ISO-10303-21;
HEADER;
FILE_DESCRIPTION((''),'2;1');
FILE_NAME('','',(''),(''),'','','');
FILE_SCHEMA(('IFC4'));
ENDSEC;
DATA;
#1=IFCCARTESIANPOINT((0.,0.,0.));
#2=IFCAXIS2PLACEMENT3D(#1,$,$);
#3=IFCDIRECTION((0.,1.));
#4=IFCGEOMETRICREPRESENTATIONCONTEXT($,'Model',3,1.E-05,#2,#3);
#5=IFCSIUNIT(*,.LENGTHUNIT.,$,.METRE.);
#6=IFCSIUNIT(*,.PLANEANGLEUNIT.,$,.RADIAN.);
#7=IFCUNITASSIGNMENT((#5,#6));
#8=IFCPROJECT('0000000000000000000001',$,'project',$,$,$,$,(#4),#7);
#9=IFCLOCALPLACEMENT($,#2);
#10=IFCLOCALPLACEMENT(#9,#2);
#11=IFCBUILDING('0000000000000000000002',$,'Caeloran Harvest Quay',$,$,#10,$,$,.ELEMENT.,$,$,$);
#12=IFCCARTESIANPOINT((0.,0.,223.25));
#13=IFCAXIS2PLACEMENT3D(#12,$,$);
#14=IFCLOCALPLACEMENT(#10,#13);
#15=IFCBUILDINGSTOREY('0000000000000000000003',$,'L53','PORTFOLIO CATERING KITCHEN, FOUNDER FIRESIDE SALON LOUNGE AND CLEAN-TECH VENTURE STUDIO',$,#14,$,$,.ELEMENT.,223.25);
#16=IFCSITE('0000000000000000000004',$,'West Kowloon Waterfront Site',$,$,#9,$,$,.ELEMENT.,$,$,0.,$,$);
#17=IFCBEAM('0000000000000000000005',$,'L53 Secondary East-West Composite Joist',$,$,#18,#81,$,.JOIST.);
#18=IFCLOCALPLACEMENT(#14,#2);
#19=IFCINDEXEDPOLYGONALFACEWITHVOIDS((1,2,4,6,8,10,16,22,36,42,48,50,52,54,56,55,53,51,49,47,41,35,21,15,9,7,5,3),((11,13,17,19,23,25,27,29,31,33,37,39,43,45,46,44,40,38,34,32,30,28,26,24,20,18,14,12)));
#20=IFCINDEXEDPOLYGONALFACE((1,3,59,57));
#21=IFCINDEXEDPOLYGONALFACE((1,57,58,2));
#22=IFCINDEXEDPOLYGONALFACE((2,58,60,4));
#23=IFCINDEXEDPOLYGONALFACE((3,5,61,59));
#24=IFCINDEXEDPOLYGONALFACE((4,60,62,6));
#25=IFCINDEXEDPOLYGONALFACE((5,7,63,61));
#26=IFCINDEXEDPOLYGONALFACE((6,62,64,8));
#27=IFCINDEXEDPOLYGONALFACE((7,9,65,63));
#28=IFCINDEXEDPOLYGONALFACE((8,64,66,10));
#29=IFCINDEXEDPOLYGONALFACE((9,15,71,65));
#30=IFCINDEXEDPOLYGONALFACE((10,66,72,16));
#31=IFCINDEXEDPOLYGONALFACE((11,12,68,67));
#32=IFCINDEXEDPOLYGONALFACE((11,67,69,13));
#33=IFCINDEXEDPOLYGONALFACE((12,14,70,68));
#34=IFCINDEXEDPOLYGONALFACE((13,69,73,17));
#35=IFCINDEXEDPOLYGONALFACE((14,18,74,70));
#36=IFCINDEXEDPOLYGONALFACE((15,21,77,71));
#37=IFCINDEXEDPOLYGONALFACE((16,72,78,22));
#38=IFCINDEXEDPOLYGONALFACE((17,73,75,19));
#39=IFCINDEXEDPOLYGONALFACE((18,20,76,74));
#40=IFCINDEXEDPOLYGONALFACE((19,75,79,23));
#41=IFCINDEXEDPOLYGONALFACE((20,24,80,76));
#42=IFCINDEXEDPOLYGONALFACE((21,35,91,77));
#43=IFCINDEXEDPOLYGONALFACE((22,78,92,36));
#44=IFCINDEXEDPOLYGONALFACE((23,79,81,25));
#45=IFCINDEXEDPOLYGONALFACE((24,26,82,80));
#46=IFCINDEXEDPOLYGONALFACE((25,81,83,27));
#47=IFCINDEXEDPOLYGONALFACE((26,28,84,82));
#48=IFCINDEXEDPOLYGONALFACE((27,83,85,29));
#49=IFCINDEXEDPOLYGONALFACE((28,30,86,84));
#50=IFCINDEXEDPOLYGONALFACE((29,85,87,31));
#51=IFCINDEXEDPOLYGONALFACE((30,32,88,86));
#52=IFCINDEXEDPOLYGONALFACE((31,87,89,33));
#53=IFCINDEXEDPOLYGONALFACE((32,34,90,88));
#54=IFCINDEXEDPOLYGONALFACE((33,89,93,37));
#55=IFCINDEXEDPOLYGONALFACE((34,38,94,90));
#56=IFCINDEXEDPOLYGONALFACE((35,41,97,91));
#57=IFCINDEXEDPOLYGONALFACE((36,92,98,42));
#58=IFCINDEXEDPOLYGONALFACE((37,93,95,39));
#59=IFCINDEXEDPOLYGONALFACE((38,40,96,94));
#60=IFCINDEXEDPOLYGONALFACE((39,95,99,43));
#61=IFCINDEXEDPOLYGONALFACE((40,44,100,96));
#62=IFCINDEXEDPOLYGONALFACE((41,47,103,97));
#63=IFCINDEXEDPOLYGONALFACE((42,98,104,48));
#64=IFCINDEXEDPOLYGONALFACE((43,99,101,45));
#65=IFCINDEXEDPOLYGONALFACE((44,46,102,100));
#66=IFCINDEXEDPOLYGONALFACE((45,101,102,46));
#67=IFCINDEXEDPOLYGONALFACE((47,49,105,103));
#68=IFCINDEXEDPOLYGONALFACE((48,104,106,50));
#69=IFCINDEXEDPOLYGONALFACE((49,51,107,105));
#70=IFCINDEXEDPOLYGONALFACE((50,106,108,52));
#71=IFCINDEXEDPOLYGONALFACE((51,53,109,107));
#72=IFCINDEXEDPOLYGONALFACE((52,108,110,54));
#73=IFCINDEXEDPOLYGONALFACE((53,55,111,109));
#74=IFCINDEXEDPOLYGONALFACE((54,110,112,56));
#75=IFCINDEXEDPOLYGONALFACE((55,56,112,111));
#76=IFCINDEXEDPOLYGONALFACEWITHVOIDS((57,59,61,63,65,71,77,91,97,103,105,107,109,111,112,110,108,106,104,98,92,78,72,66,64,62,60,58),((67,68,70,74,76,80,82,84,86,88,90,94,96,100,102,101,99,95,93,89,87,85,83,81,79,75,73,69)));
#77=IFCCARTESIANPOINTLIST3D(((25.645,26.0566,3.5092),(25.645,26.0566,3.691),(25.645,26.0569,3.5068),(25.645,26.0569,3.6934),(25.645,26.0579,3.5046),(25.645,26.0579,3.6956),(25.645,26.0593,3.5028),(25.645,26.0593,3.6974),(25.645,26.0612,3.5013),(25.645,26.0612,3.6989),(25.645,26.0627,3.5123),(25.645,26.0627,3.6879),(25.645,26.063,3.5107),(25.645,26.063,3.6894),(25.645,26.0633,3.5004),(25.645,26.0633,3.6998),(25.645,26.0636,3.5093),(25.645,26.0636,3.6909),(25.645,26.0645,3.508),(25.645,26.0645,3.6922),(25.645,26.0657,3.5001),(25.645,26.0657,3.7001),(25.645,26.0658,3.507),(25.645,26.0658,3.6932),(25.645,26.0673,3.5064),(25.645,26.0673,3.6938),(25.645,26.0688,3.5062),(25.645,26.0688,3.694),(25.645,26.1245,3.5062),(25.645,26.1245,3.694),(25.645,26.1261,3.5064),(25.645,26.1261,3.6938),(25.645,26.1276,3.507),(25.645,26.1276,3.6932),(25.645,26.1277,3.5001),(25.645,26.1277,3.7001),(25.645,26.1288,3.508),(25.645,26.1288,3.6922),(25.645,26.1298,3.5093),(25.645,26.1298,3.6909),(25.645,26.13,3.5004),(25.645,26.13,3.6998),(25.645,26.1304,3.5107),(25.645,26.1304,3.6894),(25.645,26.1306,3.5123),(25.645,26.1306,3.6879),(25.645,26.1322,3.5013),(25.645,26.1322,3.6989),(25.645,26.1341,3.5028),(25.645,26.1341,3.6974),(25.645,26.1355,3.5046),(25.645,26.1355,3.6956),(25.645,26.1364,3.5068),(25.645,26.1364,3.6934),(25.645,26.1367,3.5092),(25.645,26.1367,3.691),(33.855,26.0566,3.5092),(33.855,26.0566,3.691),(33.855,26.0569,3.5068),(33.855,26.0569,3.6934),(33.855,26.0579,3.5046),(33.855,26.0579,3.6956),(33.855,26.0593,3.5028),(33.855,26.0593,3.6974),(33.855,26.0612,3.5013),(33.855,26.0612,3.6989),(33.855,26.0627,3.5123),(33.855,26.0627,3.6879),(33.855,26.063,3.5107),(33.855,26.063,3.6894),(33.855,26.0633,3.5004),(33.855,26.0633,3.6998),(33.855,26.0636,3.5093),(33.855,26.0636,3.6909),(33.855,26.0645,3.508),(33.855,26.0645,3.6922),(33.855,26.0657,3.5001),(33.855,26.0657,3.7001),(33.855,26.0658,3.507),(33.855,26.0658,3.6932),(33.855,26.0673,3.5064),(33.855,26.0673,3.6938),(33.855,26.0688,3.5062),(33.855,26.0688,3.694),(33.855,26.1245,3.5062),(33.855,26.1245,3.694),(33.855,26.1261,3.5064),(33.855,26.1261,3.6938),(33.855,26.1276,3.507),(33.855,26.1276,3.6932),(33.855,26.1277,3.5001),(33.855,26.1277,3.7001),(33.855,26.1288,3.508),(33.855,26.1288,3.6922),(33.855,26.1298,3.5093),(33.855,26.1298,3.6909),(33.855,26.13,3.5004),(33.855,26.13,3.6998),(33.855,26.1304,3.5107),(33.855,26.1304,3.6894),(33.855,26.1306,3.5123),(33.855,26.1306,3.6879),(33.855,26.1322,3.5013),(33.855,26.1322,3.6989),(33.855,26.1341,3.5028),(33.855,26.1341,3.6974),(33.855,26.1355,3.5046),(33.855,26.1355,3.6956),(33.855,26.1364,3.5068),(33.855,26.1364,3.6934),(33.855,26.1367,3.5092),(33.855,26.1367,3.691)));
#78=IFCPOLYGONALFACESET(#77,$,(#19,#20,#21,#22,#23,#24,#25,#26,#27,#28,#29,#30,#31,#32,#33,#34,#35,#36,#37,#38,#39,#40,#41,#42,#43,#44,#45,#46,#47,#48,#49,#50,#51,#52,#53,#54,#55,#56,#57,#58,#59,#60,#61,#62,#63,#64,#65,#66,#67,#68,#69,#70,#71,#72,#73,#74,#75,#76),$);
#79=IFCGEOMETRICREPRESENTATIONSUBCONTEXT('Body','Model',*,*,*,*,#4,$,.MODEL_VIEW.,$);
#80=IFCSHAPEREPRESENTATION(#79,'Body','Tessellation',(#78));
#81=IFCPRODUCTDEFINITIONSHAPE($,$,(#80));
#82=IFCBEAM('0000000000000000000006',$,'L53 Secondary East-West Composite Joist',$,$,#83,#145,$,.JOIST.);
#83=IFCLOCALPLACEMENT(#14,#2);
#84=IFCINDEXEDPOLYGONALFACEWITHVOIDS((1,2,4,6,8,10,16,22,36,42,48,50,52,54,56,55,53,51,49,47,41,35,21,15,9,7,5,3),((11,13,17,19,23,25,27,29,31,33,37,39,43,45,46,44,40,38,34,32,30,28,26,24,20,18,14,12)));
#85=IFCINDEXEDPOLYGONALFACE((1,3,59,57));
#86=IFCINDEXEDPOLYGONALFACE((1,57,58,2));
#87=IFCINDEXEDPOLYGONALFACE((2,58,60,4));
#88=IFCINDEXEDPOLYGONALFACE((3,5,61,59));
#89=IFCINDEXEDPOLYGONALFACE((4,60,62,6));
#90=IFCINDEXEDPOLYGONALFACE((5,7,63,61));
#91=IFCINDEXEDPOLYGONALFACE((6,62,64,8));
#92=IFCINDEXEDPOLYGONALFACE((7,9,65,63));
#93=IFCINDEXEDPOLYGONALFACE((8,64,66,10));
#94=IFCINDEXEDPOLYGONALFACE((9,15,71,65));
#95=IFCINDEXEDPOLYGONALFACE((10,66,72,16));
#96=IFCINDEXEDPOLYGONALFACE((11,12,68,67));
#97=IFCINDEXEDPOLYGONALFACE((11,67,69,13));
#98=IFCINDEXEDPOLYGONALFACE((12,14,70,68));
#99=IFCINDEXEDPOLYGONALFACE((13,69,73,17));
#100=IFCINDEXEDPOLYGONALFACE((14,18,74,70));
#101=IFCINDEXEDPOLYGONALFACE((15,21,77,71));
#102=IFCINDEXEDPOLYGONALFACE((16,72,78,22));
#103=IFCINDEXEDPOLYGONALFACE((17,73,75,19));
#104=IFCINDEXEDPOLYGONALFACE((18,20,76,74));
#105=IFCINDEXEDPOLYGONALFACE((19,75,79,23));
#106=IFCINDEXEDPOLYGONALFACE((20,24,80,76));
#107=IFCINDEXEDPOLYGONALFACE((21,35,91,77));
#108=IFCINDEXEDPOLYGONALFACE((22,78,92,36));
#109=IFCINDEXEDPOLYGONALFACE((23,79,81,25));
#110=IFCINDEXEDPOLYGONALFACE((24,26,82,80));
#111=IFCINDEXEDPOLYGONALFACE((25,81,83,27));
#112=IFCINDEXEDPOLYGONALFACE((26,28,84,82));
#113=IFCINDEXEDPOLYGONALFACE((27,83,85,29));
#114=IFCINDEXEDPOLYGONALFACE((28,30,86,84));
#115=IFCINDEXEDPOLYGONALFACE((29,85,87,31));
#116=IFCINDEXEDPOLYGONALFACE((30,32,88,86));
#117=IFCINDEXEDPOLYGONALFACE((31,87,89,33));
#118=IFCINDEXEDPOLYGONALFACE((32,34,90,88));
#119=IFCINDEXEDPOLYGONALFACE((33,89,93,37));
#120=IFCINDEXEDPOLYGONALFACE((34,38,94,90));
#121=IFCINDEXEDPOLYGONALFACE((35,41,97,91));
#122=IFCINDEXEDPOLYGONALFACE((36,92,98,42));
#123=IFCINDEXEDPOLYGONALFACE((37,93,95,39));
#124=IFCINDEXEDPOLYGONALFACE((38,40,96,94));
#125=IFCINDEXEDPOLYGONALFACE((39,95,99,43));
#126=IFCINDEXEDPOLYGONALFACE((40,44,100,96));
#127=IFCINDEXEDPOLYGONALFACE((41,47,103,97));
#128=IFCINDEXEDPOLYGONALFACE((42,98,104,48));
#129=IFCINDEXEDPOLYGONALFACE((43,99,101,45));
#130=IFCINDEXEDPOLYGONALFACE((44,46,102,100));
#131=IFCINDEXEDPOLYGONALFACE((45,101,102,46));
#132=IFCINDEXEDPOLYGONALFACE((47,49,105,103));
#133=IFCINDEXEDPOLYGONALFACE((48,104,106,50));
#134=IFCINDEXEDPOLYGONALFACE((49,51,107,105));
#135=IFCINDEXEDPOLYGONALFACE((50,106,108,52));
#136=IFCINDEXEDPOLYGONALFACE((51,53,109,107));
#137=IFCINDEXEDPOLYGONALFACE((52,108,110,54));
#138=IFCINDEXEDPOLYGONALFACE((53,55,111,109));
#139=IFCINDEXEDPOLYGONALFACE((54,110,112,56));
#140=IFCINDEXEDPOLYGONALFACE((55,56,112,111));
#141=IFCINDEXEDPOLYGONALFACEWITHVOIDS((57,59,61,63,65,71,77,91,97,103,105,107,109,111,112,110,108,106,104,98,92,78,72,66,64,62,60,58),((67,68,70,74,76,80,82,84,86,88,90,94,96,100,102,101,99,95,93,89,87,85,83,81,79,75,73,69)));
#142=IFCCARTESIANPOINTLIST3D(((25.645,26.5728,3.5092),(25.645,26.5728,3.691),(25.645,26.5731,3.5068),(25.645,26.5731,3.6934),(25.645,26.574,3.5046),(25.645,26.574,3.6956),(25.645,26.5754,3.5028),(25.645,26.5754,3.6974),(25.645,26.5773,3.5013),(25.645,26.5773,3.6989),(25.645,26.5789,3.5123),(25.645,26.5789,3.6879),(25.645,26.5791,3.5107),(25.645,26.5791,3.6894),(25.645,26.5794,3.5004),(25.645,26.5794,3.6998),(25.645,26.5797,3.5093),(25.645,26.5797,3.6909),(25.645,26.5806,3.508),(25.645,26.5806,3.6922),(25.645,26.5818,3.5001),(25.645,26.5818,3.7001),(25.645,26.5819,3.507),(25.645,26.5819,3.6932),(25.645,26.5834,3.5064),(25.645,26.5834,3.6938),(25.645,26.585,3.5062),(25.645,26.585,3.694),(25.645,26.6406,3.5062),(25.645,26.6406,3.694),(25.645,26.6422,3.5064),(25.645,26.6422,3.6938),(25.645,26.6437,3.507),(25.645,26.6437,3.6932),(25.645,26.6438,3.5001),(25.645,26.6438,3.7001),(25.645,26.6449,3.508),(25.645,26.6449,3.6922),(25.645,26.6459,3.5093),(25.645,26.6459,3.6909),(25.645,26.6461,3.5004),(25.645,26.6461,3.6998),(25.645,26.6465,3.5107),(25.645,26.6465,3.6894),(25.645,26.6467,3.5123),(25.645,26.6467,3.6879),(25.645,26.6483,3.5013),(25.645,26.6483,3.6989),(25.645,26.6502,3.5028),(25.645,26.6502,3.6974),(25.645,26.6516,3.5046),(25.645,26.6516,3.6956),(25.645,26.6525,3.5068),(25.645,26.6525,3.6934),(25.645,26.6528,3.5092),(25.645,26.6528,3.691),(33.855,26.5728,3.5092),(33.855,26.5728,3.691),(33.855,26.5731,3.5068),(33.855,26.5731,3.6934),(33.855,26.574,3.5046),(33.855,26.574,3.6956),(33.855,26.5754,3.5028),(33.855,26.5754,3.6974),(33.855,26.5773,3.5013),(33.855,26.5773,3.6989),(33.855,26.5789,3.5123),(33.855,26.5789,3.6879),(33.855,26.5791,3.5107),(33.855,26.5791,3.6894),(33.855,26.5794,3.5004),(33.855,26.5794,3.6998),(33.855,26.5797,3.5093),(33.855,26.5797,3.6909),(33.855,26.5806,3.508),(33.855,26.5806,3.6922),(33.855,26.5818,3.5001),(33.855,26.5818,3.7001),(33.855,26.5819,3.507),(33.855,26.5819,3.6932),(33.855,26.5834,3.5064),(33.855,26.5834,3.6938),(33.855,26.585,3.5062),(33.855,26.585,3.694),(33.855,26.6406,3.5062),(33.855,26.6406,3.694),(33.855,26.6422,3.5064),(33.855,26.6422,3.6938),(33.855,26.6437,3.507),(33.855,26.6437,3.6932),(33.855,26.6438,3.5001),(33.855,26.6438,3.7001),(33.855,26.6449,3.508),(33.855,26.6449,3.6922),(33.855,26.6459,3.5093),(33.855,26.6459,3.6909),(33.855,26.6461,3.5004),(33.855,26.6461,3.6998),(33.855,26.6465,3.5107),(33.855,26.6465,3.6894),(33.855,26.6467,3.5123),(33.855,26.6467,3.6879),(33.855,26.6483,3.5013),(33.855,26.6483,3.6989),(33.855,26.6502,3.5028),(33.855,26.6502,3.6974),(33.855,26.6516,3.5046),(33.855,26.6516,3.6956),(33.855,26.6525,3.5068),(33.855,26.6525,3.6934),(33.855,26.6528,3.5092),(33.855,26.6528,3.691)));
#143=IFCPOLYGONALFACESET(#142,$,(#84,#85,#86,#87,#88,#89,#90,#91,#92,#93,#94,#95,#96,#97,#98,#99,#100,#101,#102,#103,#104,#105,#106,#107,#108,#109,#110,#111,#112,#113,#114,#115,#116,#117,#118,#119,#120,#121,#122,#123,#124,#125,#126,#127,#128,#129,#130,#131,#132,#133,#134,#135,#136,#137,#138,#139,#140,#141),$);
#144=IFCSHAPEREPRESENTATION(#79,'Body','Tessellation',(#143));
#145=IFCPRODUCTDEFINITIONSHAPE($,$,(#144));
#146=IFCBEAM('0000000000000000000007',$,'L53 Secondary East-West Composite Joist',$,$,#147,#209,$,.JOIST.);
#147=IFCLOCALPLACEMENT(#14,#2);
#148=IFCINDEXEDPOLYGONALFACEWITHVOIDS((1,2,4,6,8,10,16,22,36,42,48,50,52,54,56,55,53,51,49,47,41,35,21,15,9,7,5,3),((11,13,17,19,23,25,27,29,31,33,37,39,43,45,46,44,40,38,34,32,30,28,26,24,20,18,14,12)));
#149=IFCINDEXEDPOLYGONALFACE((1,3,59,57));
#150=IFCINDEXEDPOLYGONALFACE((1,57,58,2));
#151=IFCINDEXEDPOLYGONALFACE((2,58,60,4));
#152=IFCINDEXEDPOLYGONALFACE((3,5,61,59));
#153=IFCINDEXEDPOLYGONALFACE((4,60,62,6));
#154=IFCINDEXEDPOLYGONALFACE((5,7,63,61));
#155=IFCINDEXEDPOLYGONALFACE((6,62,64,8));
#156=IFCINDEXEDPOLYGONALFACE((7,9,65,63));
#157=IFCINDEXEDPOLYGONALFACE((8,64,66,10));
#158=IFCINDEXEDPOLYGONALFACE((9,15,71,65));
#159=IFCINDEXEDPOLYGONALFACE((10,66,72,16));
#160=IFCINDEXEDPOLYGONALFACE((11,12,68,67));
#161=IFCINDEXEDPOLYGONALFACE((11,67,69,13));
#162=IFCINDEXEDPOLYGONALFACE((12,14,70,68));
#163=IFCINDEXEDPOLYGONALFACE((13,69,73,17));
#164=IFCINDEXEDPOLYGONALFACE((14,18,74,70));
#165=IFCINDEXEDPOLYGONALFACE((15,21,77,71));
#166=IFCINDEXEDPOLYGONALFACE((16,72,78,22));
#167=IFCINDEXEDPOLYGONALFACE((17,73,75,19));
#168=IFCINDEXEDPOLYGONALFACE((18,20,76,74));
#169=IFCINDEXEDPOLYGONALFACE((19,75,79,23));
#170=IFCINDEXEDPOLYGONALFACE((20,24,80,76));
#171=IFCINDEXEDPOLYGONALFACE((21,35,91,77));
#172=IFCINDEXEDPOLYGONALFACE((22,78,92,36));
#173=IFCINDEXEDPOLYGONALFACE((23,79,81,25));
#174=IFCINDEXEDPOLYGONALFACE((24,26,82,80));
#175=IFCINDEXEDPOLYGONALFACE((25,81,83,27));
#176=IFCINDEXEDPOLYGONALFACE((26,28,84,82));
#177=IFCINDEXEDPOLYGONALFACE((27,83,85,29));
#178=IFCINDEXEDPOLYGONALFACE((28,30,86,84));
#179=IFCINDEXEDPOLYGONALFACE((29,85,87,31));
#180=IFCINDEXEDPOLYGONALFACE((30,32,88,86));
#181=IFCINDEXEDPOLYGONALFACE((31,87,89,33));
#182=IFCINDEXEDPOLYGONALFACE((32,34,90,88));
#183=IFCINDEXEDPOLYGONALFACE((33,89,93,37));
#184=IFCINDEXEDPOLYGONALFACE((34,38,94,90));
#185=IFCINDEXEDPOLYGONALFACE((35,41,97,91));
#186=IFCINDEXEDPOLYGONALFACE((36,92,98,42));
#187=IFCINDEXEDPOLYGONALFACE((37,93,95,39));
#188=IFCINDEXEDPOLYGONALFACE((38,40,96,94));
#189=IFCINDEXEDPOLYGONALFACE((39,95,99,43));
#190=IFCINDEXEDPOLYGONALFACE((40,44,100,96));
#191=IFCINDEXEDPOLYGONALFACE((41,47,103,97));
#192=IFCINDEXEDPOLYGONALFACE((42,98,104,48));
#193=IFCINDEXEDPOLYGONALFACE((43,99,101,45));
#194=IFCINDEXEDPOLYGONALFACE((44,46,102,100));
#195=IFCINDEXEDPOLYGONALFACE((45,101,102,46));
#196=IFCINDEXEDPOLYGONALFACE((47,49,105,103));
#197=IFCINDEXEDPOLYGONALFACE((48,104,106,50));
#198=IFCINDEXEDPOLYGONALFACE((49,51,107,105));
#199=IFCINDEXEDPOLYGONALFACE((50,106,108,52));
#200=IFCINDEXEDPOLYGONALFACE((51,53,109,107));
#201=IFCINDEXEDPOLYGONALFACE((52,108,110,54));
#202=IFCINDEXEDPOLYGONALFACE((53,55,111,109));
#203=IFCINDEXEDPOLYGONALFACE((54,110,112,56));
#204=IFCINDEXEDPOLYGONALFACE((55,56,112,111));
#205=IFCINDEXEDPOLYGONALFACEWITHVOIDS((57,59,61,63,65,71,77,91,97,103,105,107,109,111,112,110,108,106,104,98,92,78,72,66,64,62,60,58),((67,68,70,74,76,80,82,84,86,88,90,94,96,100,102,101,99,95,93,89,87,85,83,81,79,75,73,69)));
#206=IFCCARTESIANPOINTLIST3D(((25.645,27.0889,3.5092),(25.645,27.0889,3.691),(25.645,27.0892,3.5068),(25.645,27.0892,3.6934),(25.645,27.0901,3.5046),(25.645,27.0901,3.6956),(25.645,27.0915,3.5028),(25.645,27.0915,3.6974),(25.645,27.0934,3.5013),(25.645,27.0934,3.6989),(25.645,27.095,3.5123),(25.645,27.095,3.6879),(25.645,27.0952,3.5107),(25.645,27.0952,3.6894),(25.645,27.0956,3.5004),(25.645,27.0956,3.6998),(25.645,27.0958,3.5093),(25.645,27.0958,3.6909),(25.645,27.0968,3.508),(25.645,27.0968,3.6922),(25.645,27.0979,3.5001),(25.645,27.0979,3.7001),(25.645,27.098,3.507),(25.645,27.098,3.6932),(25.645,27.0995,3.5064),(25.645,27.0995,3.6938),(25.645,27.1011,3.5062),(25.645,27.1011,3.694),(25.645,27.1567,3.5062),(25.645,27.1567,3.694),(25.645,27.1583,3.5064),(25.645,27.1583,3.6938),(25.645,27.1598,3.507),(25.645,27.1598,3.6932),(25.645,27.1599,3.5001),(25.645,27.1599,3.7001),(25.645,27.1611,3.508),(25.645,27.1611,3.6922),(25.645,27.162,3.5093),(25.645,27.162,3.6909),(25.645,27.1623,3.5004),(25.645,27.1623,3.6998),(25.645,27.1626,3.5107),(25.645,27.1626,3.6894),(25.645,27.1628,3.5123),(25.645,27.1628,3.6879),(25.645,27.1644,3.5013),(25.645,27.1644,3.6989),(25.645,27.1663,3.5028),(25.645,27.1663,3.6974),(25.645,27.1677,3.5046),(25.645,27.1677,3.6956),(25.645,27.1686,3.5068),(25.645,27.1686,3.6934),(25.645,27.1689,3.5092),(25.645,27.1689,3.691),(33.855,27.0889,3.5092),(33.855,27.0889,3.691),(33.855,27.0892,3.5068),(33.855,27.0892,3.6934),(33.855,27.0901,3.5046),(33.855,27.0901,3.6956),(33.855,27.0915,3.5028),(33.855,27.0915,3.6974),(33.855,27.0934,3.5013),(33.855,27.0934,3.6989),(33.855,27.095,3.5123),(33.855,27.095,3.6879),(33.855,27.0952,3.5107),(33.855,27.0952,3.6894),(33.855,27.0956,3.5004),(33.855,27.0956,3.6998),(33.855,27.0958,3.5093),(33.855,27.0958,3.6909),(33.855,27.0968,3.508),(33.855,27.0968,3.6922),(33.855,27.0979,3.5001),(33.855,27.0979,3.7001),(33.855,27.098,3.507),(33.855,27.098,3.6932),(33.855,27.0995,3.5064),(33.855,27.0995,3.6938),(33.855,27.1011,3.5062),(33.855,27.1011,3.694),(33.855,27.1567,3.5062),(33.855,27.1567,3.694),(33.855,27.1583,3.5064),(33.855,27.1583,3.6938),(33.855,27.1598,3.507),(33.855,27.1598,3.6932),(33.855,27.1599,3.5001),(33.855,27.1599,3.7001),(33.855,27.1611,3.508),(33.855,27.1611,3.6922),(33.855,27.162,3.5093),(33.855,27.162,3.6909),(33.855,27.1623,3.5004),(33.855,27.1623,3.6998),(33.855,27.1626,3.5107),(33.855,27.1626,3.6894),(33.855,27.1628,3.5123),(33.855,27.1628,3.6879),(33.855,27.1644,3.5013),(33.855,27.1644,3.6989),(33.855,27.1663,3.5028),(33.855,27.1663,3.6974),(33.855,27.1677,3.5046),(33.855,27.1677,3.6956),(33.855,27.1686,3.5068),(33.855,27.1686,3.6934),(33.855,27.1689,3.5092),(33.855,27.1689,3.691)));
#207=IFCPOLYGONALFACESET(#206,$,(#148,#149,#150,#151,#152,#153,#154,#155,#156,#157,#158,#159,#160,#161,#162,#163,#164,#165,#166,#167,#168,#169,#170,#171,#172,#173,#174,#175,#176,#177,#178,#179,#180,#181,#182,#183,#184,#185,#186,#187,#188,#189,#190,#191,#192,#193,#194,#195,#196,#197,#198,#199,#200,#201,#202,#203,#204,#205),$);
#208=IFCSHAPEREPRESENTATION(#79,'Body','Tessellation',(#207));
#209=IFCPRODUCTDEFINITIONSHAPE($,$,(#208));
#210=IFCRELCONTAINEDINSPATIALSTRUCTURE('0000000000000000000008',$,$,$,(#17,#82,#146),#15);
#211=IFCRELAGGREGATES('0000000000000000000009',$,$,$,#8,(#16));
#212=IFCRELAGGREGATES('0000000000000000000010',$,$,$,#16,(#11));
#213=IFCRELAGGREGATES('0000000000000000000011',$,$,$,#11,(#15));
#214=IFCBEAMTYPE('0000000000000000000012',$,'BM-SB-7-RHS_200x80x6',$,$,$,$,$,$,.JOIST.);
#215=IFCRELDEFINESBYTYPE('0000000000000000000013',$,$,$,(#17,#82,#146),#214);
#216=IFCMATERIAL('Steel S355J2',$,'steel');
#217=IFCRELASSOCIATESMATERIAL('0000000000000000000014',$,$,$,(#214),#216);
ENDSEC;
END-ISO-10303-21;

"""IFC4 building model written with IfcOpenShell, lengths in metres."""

from ifc_helpers import new_model, si_unit, direction, frame, origin, origin_2d, place, context, subcontext, project, spatial, hollow_rectangle, extrude, material, material_profile, profile_set, type_object, element, save


model = new_model("IFC4")

# Units and contexts
model_context = context("Model", 3, precision=1e-05, world=origin(), true_north=direction((0.0, 1.0)))
body_context = subcontext(model_context, "Body", "Model", "MODEL_VIEW")
ifc_project = project(units=[si_unit("LENGTHUNIT", "METRE"), si_unit("PLANEANGLEUNIT", "RADIAN")], contexts=[model_context])

# Site, building, storey
site_placement = place(None, origin())
site = spatial("IfcSite", under=ifc_project, at=site_placement, Name="West Kowloon Waterfront Site", CompositionType="ELEMENT", RefElevation=0.0)
building_placement = place(site_placement, origin())
building = spatial("IfcBuilding", under=site, at=building_placement, Name="Caeloran Harvest Quay", CompositionType="ELEMENT")
storey_placement = place(building_placement, frame((0.0, 0.0, 223.25)))
storey = spatial("IfcBuildingStorey", under=building, at=storey_placement, Name="L53", Description="PORTFOLIO CATERING KITCHEN, FOUNDER FIRESIDE SALON LOUNGE AND CLEAN-TECH VENTURE STUDIO", CompositionType="ELEMENT", Elevation=223.25)

# Beams
ifc_material_1 = material(Name="Steel S355J2", Category="steel")
ifc_material_profile_1 = material_profile(ifc_material_1, hollow_rectangle(XDim=0.0801, YDim=0.2, WallThickness=0.0061, InnerFilletRadius=0.0061, OuterFilletRadius=0.009, at=origin_2d()), Name="RHS 200x80x6")
ifc_profile_set_1 = profile_set([ifc_material_profile_1], Name="Steel S355J2")
beam_type_1 = type_object("IfcBeamType", Name="BM-SB-7-RHS_200x80x6", PredefinedType="JOIST", material=ifc_profile_set_1)
for number, where, z_axis, x_axis, name in (
    (1, (25.645, 26.0967, 3.6001), (1.0, 0.0, 0.0), (0.0, 1.0, 0.0), "L53 Secondary East-West Composite Joist"),
    (2, (25.645, 26.6128, 3.6001), (1.0, 0.0, 0.0), (0.0, 1.0, 0.0), "L53 Secondary East-West Composite Joist"),
    (3, (25.645, 27.1289, 3.6001), (1.0, 0.0, 0.0), (0.0, 1.0, 0.0), "L53 Secondary East-West Composite Joist"),
):
    element("IfcBeam", number, at=place(storey_placement, frame(where, z_axis=z_axis, x_axis=x_axis)), inside=storey, type_object=beam_type_1, Name=name, PredefinedType="JOIST", context=body_context, shape_type="SweptSolid", body=[
        extrude(hollow_rectangle(XDim=0.0801, YDim=0.2, WallThickness=0.0061, InnerFilletRadius=0.0061, OuterFilletRadius=0.009, at=origin_2d()), origin(), (0.0, 0.0, 1.0), 8.21),
    ])

save(model, "model.ifc")
